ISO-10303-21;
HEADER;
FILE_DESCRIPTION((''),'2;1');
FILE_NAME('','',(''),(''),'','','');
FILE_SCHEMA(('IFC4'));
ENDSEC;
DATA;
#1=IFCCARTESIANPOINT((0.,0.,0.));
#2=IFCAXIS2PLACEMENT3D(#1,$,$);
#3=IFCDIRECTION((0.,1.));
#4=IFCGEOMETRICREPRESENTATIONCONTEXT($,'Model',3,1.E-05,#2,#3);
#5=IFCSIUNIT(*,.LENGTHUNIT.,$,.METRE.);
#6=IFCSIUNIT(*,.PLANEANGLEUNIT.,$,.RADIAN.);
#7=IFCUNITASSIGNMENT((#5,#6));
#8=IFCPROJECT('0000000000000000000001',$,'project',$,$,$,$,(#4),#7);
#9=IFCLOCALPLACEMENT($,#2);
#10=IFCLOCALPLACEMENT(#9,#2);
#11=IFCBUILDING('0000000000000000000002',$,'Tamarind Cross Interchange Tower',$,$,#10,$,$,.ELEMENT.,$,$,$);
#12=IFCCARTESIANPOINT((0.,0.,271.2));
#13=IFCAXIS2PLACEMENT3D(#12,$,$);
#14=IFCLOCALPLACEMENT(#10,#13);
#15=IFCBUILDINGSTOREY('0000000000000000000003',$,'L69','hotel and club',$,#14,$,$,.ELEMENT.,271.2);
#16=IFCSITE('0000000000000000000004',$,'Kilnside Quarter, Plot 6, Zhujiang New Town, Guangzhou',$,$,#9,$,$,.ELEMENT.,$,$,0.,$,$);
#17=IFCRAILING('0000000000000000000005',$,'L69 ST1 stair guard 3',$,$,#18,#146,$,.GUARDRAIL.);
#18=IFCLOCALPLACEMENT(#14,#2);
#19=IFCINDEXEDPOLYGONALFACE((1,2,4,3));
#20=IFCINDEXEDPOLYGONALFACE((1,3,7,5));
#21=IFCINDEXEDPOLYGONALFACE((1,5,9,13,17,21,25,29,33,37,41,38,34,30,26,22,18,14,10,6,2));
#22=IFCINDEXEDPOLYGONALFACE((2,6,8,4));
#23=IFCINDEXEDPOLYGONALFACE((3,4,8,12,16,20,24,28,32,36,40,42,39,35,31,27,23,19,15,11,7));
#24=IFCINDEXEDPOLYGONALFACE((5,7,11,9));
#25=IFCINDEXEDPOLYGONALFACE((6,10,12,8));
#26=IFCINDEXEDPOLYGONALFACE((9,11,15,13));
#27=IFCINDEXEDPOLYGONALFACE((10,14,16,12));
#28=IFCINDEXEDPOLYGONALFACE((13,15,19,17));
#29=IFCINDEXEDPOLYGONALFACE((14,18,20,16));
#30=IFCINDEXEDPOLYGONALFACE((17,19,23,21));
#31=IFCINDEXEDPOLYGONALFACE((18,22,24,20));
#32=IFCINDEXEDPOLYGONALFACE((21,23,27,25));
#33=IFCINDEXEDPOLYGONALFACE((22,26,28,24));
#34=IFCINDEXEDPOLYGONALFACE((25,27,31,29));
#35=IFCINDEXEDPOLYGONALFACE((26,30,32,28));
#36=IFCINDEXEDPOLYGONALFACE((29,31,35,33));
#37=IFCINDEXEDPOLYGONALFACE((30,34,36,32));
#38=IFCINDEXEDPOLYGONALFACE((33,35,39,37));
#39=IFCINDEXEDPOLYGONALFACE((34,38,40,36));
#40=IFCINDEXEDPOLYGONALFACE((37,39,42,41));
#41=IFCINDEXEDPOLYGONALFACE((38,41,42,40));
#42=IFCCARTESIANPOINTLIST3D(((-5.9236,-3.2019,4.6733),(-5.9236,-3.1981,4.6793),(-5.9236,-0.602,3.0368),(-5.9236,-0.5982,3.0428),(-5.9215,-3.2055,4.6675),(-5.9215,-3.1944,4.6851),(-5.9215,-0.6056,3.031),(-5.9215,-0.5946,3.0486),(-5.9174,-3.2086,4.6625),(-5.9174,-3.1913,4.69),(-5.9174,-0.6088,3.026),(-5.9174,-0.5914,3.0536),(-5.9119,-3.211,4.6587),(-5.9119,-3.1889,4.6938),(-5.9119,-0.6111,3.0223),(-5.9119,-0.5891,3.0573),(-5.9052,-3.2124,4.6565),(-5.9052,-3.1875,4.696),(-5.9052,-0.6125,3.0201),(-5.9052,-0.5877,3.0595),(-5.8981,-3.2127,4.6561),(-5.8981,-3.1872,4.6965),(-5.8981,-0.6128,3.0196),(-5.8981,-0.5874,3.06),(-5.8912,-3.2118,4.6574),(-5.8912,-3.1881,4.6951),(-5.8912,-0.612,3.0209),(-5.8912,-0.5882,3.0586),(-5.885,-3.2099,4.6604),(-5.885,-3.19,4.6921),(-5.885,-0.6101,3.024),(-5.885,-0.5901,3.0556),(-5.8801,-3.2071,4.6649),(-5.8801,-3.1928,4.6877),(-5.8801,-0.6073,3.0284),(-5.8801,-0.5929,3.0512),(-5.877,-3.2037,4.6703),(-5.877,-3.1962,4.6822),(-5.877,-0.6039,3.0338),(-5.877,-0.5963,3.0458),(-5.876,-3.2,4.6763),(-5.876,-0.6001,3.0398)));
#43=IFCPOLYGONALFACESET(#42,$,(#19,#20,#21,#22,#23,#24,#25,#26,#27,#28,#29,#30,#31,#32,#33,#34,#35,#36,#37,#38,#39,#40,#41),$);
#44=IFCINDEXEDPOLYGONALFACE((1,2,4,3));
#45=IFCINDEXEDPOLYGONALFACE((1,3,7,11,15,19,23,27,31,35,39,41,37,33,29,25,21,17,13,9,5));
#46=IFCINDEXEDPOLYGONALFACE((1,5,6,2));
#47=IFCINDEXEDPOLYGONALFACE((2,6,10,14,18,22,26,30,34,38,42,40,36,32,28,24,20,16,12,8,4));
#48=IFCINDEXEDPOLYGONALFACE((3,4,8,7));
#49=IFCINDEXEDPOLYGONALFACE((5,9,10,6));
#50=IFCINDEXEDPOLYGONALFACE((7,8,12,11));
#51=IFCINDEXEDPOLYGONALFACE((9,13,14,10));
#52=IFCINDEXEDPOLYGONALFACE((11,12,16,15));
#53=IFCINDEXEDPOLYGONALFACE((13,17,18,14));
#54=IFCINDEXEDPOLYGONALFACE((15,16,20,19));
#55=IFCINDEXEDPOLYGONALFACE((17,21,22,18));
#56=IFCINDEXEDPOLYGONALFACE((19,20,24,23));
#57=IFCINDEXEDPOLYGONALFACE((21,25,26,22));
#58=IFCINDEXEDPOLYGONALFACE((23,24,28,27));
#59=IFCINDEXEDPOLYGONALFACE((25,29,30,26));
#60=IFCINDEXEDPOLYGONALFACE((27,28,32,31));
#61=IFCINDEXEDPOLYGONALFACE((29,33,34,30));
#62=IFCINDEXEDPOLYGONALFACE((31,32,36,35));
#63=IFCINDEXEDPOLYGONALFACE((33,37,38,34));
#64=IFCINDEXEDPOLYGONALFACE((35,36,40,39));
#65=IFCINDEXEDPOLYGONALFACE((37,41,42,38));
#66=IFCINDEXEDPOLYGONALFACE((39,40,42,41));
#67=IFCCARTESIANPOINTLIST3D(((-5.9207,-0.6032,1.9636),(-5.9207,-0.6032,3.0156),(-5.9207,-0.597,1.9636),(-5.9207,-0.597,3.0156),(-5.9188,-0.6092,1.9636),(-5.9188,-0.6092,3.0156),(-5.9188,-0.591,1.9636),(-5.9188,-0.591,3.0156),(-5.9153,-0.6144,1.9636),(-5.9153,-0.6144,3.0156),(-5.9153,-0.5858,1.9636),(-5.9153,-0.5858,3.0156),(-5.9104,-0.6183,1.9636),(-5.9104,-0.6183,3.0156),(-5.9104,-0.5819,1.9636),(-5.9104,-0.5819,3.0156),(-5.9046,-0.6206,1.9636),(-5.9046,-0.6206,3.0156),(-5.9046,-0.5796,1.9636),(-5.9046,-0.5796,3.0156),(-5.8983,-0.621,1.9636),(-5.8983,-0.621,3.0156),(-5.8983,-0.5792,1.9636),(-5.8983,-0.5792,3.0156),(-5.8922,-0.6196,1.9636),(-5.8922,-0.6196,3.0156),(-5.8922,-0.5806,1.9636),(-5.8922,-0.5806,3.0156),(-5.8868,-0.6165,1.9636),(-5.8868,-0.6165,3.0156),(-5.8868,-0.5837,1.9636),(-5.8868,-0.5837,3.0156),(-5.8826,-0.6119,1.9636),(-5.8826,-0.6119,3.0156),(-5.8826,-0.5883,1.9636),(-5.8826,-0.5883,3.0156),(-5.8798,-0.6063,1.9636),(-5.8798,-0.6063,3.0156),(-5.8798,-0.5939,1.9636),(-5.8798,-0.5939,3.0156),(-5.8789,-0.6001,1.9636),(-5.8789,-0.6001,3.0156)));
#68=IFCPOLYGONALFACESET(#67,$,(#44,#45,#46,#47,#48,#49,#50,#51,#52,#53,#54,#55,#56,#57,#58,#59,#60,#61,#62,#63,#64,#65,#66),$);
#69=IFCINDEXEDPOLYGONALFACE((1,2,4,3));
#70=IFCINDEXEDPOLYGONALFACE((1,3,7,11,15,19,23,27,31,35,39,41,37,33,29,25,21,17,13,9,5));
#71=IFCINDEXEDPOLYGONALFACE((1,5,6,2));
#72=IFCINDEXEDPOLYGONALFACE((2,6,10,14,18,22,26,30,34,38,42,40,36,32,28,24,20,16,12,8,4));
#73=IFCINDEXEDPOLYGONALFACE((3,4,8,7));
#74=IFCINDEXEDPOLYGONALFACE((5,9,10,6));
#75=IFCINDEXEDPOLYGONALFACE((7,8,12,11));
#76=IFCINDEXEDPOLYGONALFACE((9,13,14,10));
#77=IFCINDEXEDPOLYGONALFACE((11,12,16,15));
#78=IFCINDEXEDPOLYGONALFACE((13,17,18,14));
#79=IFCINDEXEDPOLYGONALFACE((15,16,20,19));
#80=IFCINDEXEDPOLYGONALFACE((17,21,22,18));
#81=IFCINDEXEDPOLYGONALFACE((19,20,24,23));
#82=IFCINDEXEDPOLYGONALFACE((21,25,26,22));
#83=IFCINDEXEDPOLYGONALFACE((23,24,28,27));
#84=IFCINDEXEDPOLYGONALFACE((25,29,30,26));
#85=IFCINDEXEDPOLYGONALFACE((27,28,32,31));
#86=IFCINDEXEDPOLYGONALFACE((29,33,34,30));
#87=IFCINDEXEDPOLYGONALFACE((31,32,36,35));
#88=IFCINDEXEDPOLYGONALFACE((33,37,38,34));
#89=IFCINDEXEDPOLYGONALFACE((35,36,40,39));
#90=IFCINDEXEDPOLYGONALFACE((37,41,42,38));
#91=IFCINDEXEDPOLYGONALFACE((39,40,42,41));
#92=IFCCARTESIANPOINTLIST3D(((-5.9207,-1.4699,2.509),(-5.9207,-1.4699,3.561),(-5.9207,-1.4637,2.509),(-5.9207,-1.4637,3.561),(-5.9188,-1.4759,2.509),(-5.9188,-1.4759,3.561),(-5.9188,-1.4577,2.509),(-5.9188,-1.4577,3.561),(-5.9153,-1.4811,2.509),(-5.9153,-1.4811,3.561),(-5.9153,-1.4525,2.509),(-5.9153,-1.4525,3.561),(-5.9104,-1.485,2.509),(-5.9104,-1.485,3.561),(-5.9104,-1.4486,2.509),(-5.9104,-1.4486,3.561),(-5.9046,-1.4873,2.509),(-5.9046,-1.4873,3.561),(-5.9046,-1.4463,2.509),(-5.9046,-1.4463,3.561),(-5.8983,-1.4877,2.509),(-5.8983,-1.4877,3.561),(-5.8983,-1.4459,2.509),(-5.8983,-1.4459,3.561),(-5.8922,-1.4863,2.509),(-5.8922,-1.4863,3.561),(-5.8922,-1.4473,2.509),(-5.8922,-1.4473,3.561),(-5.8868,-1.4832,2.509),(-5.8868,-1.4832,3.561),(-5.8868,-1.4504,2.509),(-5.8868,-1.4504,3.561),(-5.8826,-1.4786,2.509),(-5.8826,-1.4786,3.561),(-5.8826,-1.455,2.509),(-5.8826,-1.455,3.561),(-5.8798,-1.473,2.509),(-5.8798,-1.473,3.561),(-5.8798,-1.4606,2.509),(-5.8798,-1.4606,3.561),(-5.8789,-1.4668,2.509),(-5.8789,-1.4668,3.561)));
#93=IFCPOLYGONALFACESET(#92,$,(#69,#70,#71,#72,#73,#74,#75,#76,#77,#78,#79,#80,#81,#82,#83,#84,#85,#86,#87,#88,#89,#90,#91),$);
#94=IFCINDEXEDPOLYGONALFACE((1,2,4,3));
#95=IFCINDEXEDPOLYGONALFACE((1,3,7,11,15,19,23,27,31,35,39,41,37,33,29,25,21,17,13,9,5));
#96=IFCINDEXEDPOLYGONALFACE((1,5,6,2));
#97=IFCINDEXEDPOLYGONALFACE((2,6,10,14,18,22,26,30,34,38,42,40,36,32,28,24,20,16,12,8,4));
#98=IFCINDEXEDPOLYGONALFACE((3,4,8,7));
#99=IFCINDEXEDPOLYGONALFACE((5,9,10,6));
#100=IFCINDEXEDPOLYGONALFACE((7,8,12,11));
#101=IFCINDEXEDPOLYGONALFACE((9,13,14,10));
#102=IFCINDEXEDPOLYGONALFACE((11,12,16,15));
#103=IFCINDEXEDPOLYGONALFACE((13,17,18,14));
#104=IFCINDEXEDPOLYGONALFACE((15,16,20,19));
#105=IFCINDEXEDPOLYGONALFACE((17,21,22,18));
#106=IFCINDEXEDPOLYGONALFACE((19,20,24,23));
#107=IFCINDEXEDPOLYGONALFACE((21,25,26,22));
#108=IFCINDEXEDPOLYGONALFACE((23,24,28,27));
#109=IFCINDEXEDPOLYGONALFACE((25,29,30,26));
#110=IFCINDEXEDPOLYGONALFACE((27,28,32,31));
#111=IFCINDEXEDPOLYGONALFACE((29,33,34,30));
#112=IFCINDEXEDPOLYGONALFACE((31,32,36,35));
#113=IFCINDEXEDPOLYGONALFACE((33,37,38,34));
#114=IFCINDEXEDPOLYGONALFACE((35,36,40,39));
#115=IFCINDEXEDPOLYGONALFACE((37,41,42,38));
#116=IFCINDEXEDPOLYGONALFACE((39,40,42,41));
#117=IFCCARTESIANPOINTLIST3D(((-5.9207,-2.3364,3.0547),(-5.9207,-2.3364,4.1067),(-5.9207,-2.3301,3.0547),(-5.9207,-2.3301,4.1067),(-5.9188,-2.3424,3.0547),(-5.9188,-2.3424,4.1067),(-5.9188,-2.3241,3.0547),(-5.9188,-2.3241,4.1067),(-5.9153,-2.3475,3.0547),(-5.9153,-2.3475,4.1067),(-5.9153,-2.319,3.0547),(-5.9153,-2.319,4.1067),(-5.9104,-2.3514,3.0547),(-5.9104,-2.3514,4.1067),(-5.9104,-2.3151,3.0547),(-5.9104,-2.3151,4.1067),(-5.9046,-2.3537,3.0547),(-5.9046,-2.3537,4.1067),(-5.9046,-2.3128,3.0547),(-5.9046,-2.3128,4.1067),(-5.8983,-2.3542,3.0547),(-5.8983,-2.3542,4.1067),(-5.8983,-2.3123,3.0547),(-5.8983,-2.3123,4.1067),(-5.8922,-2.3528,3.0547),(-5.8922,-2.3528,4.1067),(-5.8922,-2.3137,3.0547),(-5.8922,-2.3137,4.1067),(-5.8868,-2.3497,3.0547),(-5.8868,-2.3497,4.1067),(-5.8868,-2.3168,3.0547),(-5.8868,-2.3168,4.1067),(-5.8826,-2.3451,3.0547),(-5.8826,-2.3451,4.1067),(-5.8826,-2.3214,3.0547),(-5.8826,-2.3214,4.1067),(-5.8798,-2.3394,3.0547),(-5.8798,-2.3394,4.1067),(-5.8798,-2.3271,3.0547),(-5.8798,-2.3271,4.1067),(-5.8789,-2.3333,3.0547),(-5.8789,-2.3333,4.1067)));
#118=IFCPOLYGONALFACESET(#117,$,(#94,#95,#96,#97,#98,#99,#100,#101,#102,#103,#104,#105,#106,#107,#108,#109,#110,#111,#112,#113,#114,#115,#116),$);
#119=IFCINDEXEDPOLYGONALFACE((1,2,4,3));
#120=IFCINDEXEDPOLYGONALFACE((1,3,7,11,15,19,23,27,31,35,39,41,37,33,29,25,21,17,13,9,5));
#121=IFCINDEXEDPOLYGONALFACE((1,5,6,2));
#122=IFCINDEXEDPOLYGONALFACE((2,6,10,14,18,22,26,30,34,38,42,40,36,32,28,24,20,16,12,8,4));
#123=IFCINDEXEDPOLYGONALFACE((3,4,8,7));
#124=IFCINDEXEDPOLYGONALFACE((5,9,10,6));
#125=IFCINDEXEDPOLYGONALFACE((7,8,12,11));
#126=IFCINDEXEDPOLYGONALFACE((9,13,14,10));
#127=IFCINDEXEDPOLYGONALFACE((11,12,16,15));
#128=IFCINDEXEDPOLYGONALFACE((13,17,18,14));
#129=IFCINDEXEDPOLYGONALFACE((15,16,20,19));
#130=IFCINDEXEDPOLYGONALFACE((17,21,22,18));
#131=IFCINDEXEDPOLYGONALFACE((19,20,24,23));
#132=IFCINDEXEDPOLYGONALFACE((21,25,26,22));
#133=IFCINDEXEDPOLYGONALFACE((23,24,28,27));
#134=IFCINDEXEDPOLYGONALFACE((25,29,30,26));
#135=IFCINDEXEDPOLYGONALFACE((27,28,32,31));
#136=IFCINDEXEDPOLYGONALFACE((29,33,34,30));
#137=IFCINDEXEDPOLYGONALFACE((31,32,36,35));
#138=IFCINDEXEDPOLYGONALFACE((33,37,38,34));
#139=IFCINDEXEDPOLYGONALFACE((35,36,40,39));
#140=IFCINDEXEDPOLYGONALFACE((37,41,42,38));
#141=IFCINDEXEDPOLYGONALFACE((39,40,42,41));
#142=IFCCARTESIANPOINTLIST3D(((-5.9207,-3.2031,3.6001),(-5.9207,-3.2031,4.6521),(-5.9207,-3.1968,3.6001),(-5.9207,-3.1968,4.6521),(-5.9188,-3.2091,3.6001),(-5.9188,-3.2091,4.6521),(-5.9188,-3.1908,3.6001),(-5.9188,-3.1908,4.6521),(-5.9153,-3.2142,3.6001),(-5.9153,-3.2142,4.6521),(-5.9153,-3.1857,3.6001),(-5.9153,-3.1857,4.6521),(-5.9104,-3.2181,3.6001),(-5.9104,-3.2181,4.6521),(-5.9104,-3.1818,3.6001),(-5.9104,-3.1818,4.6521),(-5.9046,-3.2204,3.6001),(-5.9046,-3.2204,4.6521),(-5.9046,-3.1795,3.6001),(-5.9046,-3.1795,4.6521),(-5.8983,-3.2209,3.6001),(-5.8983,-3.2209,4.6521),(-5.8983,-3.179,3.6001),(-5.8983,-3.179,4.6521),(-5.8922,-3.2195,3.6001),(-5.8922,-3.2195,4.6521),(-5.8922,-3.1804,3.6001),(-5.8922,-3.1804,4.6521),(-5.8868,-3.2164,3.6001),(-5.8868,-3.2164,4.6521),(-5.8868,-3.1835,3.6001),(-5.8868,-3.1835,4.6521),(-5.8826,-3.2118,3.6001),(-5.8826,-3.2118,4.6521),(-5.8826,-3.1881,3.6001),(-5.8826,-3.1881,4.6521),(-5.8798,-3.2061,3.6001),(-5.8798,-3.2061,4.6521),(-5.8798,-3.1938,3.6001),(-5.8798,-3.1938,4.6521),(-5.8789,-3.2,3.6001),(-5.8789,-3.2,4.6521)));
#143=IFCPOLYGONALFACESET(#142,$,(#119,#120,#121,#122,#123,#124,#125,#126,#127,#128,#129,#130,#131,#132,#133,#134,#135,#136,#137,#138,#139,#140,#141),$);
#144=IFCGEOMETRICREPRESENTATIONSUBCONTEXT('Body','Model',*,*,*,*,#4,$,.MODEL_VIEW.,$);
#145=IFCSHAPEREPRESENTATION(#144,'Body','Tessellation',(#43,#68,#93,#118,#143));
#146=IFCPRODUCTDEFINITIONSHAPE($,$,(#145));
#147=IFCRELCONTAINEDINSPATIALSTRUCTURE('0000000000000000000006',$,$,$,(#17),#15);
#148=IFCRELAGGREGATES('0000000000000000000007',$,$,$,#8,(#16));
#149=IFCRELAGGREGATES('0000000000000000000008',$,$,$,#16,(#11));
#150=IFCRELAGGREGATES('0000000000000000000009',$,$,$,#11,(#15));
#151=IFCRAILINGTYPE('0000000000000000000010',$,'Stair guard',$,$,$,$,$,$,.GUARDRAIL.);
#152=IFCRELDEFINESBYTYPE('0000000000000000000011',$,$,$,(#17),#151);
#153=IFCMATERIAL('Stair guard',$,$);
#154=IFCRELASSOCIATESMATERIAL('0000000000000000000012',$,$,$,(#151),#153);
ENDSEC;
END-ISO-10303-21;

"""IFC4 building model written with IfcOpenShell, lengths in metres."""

from ifc_helpers import new_model, si_unit, direction, frame, origin, origin_2d, place, context, subcontext, project, spatial, circle, extrude, material, type_object, element, save


model = new_model("IFC4")

# Units and contexts
model_context = context("Model", 3, precision=1e-05, world=origin(), true_north=direction((0.0, 1.0)))
body_context = subcontext(model_context, "Body", "Model", "MODEL_VIEW")
ifc_project = project(units=[si_unit("LENGTHUNIT", "METRE"), si_unit("PLANEANGLEUNIT", "RADIAN")], contexts=[model_context])

# Site, building, storey
site_placement = place(None, origin())
site = spatial("IfcSite", under=ifc_project, at=site_placement, Name="Kilnside Quarter, Plot 6, Zhujiang New Town, Guangzhou", CompositionType="ELEMENT", RefElevation=0.0)
building_placement = place(site_placement, origin())
building = spatial("IfcBuilding", under=site, at=building_placement, Name="Tamarind Cross Interchange Tower", CompositionType="ELEMENT")
storey_placement = place(building_placement, frame((0.0, 0.0, 271.2)))
storey = spatial("IfcBuildingStorey", under=building, at=storey_placement, Name="L69", Description="hotel and club", CompositionType="ELEMENT", Elevation=271.2)

# Railing
ifc_material_1 = material(Name="Stair guard")
railing_type_1 = type_object("IfcRailingType", Name="Stair guard", PredefinedType="GUARDRAIL", material=ifc_material_1)
railing_1_placement = place(storey_placement, frame((-5.8999, -0.6001, 1.9636)))
element("IfcRailing", 1, at=railing_1_placement, inside=storey, type_object=railing_type_1, Name="L69 ST1 stair guard 3", PredefinedType="GUARDRAIL", context=body_context, shape_type="SweptSolid", body=[
    extrude(circle(Radius=0.0239, at=origin_2d()), frame((0.0, 0.0, 1.0762), z_axis=(0.0, -0.846302, 0.532704), x_axis=(1.0, 0.0, 0.0)), (0.0, 0.0, 1.0), 3.072),
    extrude(circle(Radius=0.021, at=origin_2d()), origin(), (0.0, 0.0, 1.0), 1.052),
    extrude(circle(Radius=0.021, at=origin_2d()), frame((0.0, -0.8667, 0.5454)), (0.0, 0.0, 1.0), 1.052),
    extrude(circle(Radius=0.021, at=origin_2d()), frame((0.0, -1.7332, 1.0911)), (0.0, 0.0, 1.0), 1.052),
    extrude(circle(Radius=0.021, at=origin_2d()), frame((0.0, -2.5999, 1.6365)), (0.0, 0.0, 1.0), 1.052),
])

save(model, "model.ifc")
